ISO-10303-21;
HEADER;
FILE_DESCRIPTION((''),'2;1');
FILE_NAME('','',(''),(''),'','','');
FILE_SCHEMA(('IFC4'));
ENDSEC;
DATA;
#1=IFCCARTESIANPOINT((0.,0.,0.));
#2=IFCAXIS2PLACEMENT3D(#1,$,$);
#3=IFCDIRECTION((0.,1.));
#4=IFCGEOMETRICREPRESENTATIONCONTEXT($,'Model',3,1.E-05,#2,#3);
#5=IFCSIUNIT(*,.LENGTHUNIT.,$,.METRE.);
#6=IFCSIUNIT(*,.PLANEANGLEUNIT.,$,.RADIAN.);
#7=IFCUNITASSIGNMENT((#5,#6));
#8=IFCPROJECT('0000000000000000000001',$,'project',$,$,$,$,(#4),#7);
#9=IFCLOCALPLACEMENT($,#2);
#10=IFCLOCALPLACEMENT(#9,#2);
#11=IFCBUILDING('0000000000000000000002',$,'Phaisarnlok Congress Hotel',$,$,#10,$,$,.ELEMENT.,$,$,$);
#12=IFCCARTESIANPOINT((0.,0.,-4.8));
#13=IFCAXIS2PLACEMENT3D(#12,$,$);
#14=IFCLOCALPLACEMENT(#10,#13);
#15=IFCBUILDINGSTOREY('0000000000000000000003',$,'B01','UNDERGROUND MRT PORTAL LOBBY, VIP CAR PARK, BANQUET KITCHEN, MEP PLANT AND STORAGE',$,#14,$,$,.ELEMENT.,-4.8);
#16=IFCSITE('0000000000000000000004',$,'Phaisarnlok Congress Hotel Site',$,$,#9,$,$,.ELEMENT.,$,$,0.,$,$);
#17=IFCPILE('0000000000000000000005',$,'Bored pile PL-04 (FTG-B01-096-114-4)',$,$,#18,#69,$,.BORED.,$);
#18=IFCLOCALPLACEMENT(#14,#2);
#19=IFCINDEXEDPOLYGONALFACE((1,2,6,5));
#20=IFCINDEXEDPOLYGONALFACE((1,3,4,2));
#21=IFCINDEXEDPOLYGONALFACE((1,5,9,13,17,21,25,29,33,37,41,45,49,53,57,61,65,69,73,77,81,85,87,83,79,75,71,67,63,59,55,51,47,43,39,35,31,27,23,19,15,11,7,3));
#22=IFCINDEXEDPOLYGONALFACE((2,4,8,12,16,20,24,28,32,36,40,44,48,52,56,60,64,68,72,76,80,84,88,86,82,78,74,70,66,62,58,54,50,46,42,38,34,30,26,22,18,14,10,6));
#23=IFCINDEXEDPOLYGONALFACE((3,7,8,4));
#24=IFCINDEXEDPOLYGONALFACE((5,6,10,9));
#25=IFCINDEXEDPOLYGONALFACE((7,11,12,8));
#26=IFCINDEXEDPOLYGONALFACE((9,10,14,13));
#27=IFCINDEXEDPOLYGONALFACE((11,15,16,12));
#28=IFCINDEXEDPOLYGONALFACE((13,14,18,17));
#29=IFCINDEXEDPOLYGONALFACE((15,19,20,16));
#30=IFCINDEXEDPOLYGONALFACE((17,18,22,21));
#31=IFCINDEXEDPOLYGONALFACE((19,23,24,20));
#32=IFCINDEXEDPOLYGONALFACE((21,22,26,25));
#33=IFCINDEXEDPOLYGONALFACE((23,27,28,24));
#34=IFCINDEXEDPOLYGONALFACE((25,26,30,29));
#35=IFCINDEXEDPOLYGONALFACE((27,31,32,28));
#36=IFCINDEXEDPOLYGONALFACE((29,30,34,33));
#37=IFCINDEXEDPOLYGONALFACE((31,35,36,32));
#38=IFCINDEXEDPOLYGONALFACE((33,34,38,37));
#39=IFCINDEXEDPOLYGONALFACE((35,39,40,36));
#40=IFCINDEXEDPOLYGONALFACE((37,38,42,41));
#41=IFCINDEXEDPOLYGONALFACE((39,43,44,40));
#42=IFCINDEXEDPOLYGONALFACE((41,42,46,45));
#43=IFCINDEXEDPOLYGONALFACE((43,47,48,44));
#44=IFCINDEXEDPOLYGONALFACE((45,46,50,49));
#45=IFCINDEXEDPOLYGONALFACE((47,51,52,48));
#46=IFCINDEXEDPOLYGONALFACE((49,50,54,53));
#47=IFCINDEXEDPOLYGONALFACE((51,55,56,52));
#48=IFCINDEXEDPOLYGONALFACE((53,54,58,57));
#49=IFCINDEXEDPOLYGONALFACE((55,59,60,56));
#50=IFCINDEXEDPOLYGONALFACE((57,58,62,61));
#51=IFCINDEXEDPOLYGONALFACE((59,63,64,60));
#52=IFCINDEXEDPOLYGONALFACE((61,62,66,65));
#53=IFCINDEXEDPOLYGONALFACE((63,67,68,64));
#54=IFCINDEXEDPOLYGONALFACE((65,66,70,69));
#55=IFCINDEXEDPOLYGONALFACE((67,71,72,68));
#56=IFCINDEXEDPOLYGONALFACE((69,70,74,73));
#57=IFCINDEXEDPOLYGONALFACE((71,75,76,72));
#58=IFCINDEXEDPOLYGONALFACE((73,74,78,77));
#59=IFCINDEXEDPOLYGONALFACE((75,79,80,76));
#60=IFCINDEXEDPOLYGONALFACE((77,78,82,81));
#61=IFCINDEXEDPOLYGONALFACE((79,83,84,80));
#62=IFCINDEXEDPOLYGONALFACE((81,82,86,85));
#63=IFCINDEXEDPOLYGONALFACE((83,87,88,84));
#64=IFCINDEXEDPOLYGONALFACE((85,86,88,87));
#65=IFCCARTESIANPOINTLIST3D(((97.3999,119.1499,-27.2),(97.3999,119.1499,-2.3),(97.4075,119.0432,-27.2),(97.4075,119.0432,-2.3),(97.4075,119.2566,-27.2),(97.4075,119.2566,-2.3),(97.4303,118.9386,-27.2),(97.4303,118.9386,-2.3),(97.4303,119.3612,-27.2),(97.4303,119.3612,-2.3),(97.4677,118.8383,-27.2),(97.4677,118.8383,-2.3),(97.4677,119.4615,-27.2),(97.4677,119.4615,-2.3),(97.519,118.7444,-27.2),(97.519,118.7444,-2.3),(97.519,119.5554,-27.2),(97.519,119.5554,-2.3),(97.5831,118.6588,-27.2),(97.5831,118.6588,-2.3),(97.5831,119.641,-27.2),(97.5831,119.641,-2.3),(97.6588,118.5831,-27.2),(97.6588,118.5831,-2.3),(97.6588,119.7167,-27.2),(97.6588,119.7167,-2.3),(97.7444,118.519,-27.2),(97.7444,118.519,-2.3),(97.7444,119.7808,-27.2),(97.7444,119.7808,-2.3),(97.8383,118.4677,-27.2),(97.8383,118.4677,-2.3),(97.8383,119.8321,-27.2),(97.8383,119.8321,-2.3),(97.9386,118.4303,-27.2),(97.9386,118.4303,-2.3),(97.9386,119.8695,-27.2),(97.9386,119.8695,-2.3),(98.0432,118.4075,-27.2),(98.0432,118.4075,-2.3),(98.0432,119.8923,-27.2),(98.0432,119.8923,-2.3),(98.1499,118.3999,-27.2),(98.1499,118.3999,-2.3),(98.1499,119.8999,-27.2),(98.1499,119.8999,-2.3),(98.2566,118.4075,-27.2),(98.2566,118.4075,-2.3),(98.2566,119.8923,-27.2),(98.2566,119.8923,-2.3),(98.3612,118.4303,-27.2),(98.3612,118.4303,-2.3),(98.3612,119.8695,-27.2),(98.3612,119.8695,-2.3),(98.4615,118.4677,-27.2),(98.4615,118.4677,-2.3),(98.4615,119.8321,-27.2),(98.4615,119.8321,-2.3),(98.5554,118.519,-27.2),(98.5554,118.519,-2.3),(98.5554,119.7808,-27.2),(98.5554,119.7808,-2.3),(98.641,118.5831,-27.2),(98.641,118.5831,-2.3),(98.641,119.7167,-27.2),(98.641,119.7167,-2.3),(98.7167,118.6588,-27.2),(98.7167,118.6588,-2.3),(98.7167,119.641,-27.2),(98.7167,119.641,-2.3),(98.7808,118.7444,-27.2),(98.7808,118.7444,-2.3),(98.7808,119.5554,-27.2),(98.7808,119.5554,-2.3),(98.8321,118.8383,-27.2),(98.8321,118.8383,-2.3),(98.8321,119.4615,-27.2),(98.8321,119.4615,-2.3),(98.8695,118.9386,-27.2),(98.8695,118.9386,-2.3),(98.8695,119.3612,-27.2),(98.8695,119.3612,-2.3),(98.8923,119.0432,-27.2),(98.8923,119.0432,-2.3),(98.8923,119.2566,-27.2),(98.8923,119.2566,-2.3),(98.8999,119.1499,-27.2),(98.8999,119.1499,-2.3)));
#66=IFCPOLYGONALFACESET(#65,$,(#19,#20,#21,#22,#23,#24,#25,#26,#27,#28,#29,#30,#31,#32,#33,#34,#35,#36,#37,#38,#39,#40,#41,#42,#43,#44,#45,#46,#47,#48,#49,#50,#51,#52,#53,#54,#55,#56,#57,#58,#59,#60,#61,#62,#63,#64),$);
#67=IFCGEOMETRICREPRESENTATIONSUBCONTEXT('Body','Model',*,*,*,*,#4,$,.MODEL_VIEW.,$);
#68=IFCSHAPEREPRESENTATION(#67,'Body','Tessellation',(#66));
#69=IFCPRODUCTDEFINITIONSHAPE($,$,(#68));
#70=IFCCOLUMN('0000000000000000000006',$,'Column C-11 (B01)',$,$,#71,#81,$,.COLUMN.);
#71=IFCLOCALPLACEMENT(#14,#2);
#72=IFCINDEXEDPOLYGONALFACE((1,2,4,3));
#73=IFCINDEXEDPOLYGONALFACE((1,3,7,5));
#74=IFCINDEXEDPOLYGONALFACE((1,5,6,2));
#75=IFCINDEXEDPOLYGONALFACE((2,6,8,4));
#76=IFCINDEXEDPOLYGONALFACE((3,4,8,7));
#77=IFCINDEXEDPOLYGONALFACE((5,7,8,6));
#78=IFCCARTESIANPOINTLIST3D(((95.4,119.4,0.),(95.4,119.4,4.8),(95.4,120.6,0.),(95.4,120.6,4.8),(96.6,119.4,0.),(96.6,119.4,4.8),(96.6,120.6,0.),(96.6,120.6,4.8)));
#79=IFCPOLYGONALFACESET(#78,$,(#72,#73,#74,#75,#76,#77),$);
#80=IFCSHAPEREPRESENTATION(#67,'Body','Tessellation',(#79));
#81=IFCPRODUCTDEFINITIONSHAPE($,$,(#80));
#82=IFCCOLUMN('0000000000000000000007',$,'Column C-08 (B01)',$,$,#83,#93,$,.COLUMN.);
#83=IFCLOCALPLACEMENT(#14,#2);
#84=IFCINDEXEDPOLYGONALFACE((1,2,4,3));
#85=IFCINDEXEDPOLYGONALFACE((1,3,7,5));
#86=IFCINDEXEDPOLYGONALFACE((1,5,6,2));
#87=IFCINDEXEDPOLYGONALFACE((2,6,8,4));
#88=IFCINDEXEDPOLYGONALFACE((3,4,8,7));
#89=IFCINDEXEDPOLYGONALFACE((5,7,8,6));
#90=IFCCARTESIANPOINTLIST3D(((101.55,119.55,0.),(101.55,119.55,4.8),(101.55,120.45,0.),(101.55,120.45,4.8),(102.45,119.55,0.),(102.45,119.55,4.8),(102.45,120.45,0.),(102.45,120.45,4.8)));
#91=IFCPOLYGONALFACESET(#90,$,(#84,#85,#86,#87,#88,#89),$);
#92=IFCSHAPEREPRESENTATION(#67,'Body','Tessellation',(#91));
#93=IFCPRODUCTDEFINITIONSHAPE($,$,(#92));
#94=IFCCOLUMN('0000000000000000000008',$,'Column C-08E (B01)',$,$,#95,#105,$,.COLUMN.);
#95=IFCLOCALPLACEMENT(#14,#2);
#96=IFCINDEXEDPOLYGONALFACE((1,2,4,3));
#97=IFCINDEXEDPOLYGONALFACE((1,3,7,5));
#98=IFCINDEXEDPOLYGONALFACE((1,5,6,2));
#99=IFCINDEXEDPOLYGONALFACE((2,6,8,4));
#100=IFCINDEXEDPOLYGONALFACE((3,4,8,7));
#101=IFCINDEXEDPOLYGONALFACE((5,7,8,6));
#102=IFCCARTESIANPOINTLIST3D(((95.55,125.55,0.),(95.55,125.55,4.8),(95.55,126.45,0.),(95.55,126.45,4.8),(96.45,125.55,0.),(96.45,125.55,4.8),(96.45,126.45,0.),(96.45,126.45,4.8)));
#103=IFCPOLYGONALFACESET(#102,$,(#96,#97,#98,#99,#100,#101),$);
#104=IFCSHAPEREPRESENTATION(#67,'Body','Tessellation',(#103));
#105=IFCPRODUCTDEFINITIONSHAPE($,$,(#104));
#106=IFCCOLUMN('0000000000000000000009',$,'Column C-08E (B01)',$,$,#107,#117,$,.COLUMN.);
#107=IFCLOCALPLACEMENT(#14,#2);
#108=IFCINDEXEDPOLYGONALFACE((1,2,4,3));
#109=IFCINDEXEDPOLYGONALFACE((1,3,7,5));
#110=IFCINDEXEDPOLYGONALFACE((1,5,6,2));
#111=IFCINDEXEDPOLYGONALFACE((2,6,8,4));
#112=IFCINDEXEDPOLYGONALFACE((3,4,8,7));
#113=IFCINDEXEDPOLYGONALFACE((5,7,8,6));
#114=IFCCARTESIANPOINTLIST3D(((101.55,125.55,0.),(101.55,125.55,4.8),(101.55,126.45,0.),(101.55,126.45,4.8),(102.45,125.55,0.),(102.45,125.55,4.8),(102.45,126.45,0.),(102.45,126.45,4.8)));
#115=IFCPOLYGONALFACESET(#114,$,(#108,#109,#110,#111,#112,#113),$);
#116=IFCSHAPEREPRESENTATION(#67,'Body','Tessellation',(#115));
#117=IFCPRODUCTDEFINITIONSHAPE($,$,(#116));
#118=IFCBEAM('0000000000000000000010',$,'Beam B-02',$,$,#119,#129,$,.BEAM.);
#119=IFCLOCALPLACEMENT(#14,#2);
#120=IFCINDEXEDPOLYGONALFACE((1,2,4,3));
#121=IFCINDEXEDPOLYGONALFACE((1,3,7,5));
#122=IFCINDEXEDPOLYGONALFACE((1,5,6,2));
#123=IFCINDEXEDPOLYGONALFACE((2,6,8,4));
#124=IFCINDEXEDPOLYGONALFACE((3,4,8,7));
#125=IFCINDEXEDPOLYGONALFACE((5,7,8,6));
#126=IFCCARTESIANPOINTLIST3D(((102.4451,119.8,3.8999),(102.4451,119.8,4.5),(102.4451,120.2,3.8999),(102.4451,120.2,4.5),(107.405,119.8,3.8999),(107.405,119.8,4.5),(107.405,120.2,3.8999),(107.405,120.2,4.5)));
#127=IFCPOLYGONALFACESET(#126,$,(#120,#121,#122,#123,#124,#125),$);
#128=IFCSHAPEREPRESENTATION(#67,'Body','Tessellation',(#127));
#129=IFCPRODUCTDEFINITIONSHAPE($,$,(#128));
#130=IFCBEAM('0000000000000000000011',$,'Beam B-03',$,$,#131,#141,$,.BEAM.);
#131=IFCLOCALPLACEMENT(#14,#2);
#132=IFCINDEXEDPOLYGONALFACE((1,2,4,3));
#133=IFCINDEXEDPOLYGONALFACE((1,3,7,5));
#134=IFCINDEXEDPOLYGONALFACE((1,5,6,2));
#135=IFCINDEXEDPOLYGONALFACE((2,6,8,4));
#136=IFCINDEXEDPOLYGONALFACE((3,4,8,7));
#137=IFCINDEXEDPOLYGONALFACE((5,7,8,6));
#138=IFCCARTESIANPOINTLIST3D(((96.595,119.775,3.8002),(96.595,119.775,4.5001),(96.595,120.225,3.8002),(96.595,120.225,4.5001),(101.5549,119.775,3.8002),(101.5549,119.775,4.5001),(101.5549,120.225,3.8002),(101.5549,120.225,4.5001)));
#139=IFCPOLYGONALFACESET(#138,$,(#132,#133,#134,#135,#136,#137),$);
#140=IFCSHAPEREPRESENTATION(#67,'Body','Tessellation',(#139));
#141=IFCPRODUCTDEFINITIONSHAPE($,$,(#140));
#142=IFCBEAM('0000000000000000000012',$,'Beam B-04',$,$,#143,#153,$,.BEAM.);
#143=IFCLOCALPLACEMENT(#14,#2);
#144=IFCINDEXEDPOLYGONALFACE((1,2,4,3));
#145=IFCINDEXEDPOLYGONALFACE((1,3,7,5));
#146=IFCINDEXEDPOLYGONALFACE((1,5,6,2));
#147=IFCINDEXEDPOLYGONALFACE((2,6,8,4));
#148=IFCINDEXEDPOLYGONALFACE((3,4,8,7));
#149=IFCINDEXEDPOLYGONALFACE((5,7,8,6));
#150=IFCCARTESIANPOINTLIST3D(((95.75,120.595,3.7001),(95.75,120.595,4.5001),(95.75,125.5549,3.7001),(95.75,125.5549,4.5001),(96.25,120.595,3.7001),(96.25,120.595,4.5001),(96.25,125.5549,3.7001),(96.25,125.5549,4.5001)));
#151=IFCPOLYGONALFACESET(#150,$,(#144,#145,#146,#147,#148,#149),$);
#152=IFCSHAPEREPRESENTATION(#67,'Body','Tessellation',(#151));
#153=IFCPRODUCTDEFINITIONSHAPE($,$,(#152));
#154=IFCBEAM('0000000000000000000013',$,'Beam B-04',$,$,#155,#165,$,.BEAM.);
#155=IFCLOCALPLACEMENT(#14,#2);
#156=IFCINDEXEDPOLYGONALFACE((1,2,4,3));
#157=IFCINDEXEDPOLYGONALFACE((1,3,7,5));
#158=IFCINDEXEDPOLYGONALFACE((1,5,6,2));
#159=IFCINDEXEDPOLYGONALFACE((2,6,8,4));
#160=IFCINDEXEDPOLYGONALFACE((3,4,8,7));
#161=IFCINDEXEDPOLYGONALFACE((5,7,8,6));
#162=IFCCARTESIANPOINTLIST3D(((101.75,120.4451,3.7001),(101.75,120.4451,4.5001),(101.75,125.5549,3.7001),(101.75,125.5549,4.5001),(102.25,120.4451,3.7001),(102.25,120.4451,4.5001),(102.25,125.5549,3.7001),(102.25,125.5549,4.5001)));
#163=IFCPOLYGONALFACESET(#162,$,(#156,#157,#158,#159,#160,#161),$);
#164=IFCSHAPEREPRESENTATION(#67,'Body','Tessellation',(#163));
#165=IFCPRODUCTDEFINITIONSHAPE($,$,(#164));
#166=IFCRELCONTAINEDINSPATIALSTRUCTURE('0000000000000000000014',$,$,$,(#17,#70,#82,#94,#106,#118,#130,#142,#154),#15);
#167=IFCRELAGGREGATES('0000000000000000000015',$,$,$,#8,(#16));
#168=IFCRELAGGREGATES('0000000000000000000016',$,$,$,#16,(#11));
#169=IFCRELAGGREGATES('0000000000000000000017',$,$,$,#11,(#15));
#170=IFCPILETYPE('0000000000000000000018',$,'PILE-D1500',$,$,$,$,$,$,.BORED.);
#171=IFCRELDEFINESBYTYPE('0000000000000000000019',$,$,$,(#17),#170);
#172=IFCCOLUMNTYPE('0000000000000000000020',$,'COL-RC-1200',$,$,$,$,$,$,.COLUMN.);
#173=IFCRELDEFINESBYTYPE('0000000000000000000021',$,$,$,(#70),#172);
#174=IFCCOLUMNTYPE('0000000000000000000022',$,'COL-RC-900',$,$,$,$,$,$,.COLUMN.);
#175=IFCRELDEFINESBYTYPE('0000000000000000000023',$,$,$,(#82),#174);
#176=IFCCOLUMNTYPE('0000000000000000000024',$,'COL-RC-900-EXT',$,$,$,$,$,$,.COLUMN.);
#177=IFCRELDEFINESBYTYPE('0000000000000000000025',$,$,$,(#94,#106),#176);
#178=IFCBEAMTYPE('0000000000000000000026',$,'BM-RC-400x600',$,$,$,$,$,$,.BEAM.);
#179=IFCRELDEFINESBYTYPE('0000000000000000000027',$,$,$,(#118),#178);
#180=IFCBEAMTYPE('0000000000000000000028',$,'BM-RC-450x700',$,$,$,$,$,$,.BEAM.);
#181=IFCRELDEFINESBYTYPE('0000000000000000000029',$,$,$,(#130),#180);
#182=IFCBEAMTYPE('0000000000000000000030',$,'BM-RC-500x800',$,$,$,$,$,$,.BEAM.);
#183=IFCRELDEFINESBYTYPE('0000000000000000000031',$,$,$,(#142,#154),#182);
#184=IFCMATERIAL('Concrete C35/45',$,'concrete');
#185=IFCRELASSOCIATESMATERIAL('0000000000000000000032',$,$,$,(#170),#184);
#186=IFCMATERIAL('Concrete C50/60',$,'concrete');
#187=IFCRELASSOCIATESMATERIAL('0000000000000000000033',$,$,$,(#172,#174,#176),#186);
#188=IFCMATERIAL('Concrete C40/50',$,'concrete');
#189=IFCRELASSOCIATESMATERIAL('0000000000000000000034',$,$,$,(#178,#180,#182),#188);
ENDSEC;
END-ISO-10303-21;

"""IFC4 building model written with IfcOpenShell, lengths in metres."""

from ifc_helpers import new_model, si_unit, direction, frame, origin, origin_2d, place, context, subcontext, project, spatial, rectangle, circle, extrude, material, material_profile, profile_set, type_object, element, save


model = new_model("IFC4")

# Units and contexts
model_context = context("Model", 3, precision=1e-05, world=origin(), true_north=direction((0.0, 1.0)))
body_context = subcontext(model_context, "Body", "Model", "MODEL_VIEW")
ifc_project = project(units=[si_unit("LENGTHUNIT", "METRE"), si_unit("PLANEANGLEUNIT", "RADIAN")], contexts=[model_context])

# Site, building, storey
site_placement = place(None, origin())
site = spatial("IfcSite", under=ifc_project, at=site_placement, Name="Phaisarnlok Congress Hotel Site", CompositionType="ELEMENT", RefElevation=0.0)
building_placement = place(site_placement, origin())
building = spatial("IfcBuilding", under=site, at=building_placement, Name="Phaisarnlok Congress Hotel", CompositionType="ELEMENT")
storey_placement = place(building_placement, frame((0.0, 0.0, -4.8)))
storey = spatial("IfcBuildingStorey", under=building, at=storey_placement, Name="B01", Description="UNDERGROUND MRT PORTAL LOBBY, VIP CAR PARK, BANQUET KITCHEN, MEP PLANT AND STORAGE", CompositionType="ELEMENT", Elevation=-4.8)

# Shared definitions
ifc_material_1 = material(Name="Concrete C40/50", Category="concrete")

# Pile
ifc_material_2 = material(Name="Concrete C35/45", Category="concrete")
ifc_material_profile_1 = material_profile(ifc_material_2, circle(Radius=0.75, at=origin_2d()), Name="BORED PILE D1500")
ifc_profile_set_1 = profile_set([ifc_material_profile_1], Name="Concrete C35/45")
pile_type_1 = type_object("IfcPileType", Name="PILE-D1500", PredefinedType="BORED", material=ifc_profile_set_1)
for number, where, z_axis, x_axis, name in (
    (1, (98.1499, 119.1499, -2.3), (0.0, 0.0, -1.0), (1.0, 0.0, 0.0), "Bored pile PL-04 (FTG-B01-096-114-4)"),
):
    element("IfcPile", number, at=place(storey_placement, frame(where, z_axis=z_axis, x_axis=x_axis)), inside=storey, type_object=pile_type_1, Name=name, PredefinedType="BORED", context=body_context, shape_type="SweptSolid", body=[
        extrude(circle(Radius=0.75, at=origin_2d()), origin(), (0.0, 0.0, 1.0), 24.8999),
    ])

# Columns
ifc_material_3 = material(Name="Concrete C50/60", Category="concrete")
ifc_material_profile_2 = material_profile(ifc_material_3, rectangle(XDim=1.2, YDim=1.2, at=origin_2d()), Name="RC 1200x1200")
ifc_profile_set_2 = profile_set([ifc_material_profile_2], Name="Concrete C50/60")
column_type_1 = type_object("IfcColumnType", Name="COL-RC-1200", PredefinedType="COLUMN", material=ifc_profile_set_2)
column_1_placement = place(storey_placement, frame((96.0, 120.0, 0.0), z_axis=(0.0, 0.0, 1.0), x_axis=(1.0, 0.0, 0.0)))
element("IfcColumn", 2, at=column_1_placement, inside=storey, type_object=column_type_1, Name="Column C-11 (B01)", PredefinedType="COLUMN", context=body_context, shape_type="SweptSolid", body=[
    extrude(rectangle(XDim=1.2, YDim=1.2, at=origin_2d()), origin(), (0.0, 0.0, 1.0), 4.8),
])
ifc_material_profile_3 = material_profile(ifc_material_3, rectangle(XDim=0.8999, YDim=0.8999, at=origin_2d()), Name="RC 900x900")
ifc_profile_set_3 = profile_set([ifc_material_profile_3], Name="Concrete C50/60")
column_type_2 = type_object("IfcColumnType", Name="COL-RC-900", PredefinedType="COLUMN", material=ifc_profile_set_3)
column_2_placement = place(storey_placement, frame((102.0, 120.0, 0.0), z_axis=(0.0, 0.0, 1.0), x_axis=(1.0, 0.0, 0.0)))
element("IfcColumn", 3, at=column_2_placement, inside=storey, type_object=column_type_2, Name="Column C-08 (B01)", PredefinedType="COLUMN", context=body_context, shape_type="SweptSolid", body=[
    extrude(rectangle(XDim=0.8999, YDim=0.8999, at=origin_2d()), origin(), (0.0, 0.0, 1.0), 4.8),
])
ifc_material_profile_4 = material_profile(ifc_material_3, rectangle(XDim=0.8999, YDim=0.8999, at=origin_2d()), Name="RC 900x900")
ifc_profile_set_4 = profile_set([ifc_material_profile_4], Name="Concrete C50/60")
column_type_3 = type_object("IfcColumnType", Name="COL-RC-900-EXT", PredefinedType="COLUMN", material=ifc_profile_set_4)
for number, where, z_axis, x_axis, name in (
    (4, (96.0, 126.0, 0.0), (0.0, 0.0, 1.0), (1.0, 0.0, 0.0), "Column C-08E (B01)"),
    (5, (102.0, 126.0, 0.0), (0.0, 0.0, 1.0), (1.0, 0.0, 0.0), "Column C-08E (B01)"),
):
    element("IfcColumn", number, at=place(storey_placement, frame(where, z_axis=z_axis, x_axis=x_axis)), inside=storey, type_object=column_type_3, Name=name, PredefinedType="COLUMN", context=body_context, shape_type="SweptSolid", body=[
        extrude(rectangle(XDim=0.8999, YDim=0.8999, at=origin_2d()), origin(), (0.0, 0.0, 1.0), 4.8),
    ])

# Beams
ifc_material_profile_5 = material_profile(ifc_material_1, rectangle(XDim=0.3999, YDim=0.6001, at=origin_2d()), Name="RC 400x600")
ifc_profile_set_5 = profile_set([ifc_material_profile_5], Name="Concrete C40/50")
beam_type_1 = type_object("IfcBeamType", Name="BM-RC-400x600", PredefinedType="BEAM", material=ifc_profile_set_5)
beam_1_placement = place(storey_placement, frame((102.4451, 120.0, 4.2), z_axis=(1.0, 0.0, 0.0), x_axis=(0.0, 1.0, 0.0)))
element("IfcBeam", 6, at=beam_1_placement, inside=storey, type_object=beam_type_1, Name="Beam B-02", PredefinedType="BEAM", context=body_context, shape_type="SweptSolid", body=[
    extrude(rectangle(XDim=0.3999, YDim=0.6001, at=origin_2d()), origin(), (0.0, 0.0, 1.0), 4.96),
])
ifc_material_profile_6 = material_profile(ifc_material_1, rectangle(XDim=0.45, YDim=0.7, at=origin_2d()), Name="RC 450x700")
ifc_profile_set_6 = profile_set([ifc_material_profile_6], Name="Concrete C40/50")
beam_type_2 = type_object("IfcBeamType", Name="BM-RC-450x700", PredefinedType="BEAM", material=ifc_profile_set_6)
beam_2_placement = place(storey_placement, frame((96.595, 120.0, 4.1501), z_axis=(1.0, 0.0, 0.0), x_axis=(0.0, 1.0, 0.0)))
element("IfcBeam", 7, at=beam_2_placement, inside=storey, type_object=beam_type_2, Name="Beam B-03", PredefinedType="BEAM", context=body_context, shape_type="SweptSolid", body=[
    extrude(rectangle(XDim=0.45, YDim=0.7, at=origin_2d()), origin(), (0.0, 0.0, 1.0), 4.96),
])
ifc_material_profile_7 = material_profile(ifc_material_1, rectangle(XDim=0.5, YDim=0.8, at=origin_2d()), Name="RC 500x800")
ifc_profile_set_7 = profile_set([ifc_material_profile_7], Name="Concrete C40/50")
beam_type_3 = type_object("IfcBeamType", Name="BM-RC-500x800", PredefinedType="BEAM", material=ifc_profile_set_7)
beam_3_placement = place(storey_placement, frame((96.0, 120.595, 4.1001), z_axis=(0.0, 1.0, 0.0), x_axis=(-1.0, 0.0, 0.0)))
element("IfcBeam", 8, at=beam_3_placement, inside=storey, type_object=beam_type_3, Name="Beam B-04", PredefinedType="BEAM", context=body_context, shape_type="SweptSolid", body=[
    extrude(rectangle(XDim=0.5, YDim=0.8, at=origin_2d()), origin(), (0.0, 0.0, 1.0), 4.96),
])
beam_4_placement = place(storey_placement, frame((102.0, 120.4451, 4.1001), z_axis=(0.0, 1.0, 0.0), x_axis=(-1.0, 0.0, 0.0)))
element("IfcBeam", 9, at=beam_4_placement, inside=storey, type_object=beam_type_3, Name="Beam B-04", PredefinedType="BEAM", context=body_context, shape_type="SweptSolid", body=[
    extrude(rectangle(XDim=0.5, YDim=0.8, at=origin_2d()), origin(), (0.0, 0.0, 1.0), 5.1099),
])

save(model, "model.ifc")
